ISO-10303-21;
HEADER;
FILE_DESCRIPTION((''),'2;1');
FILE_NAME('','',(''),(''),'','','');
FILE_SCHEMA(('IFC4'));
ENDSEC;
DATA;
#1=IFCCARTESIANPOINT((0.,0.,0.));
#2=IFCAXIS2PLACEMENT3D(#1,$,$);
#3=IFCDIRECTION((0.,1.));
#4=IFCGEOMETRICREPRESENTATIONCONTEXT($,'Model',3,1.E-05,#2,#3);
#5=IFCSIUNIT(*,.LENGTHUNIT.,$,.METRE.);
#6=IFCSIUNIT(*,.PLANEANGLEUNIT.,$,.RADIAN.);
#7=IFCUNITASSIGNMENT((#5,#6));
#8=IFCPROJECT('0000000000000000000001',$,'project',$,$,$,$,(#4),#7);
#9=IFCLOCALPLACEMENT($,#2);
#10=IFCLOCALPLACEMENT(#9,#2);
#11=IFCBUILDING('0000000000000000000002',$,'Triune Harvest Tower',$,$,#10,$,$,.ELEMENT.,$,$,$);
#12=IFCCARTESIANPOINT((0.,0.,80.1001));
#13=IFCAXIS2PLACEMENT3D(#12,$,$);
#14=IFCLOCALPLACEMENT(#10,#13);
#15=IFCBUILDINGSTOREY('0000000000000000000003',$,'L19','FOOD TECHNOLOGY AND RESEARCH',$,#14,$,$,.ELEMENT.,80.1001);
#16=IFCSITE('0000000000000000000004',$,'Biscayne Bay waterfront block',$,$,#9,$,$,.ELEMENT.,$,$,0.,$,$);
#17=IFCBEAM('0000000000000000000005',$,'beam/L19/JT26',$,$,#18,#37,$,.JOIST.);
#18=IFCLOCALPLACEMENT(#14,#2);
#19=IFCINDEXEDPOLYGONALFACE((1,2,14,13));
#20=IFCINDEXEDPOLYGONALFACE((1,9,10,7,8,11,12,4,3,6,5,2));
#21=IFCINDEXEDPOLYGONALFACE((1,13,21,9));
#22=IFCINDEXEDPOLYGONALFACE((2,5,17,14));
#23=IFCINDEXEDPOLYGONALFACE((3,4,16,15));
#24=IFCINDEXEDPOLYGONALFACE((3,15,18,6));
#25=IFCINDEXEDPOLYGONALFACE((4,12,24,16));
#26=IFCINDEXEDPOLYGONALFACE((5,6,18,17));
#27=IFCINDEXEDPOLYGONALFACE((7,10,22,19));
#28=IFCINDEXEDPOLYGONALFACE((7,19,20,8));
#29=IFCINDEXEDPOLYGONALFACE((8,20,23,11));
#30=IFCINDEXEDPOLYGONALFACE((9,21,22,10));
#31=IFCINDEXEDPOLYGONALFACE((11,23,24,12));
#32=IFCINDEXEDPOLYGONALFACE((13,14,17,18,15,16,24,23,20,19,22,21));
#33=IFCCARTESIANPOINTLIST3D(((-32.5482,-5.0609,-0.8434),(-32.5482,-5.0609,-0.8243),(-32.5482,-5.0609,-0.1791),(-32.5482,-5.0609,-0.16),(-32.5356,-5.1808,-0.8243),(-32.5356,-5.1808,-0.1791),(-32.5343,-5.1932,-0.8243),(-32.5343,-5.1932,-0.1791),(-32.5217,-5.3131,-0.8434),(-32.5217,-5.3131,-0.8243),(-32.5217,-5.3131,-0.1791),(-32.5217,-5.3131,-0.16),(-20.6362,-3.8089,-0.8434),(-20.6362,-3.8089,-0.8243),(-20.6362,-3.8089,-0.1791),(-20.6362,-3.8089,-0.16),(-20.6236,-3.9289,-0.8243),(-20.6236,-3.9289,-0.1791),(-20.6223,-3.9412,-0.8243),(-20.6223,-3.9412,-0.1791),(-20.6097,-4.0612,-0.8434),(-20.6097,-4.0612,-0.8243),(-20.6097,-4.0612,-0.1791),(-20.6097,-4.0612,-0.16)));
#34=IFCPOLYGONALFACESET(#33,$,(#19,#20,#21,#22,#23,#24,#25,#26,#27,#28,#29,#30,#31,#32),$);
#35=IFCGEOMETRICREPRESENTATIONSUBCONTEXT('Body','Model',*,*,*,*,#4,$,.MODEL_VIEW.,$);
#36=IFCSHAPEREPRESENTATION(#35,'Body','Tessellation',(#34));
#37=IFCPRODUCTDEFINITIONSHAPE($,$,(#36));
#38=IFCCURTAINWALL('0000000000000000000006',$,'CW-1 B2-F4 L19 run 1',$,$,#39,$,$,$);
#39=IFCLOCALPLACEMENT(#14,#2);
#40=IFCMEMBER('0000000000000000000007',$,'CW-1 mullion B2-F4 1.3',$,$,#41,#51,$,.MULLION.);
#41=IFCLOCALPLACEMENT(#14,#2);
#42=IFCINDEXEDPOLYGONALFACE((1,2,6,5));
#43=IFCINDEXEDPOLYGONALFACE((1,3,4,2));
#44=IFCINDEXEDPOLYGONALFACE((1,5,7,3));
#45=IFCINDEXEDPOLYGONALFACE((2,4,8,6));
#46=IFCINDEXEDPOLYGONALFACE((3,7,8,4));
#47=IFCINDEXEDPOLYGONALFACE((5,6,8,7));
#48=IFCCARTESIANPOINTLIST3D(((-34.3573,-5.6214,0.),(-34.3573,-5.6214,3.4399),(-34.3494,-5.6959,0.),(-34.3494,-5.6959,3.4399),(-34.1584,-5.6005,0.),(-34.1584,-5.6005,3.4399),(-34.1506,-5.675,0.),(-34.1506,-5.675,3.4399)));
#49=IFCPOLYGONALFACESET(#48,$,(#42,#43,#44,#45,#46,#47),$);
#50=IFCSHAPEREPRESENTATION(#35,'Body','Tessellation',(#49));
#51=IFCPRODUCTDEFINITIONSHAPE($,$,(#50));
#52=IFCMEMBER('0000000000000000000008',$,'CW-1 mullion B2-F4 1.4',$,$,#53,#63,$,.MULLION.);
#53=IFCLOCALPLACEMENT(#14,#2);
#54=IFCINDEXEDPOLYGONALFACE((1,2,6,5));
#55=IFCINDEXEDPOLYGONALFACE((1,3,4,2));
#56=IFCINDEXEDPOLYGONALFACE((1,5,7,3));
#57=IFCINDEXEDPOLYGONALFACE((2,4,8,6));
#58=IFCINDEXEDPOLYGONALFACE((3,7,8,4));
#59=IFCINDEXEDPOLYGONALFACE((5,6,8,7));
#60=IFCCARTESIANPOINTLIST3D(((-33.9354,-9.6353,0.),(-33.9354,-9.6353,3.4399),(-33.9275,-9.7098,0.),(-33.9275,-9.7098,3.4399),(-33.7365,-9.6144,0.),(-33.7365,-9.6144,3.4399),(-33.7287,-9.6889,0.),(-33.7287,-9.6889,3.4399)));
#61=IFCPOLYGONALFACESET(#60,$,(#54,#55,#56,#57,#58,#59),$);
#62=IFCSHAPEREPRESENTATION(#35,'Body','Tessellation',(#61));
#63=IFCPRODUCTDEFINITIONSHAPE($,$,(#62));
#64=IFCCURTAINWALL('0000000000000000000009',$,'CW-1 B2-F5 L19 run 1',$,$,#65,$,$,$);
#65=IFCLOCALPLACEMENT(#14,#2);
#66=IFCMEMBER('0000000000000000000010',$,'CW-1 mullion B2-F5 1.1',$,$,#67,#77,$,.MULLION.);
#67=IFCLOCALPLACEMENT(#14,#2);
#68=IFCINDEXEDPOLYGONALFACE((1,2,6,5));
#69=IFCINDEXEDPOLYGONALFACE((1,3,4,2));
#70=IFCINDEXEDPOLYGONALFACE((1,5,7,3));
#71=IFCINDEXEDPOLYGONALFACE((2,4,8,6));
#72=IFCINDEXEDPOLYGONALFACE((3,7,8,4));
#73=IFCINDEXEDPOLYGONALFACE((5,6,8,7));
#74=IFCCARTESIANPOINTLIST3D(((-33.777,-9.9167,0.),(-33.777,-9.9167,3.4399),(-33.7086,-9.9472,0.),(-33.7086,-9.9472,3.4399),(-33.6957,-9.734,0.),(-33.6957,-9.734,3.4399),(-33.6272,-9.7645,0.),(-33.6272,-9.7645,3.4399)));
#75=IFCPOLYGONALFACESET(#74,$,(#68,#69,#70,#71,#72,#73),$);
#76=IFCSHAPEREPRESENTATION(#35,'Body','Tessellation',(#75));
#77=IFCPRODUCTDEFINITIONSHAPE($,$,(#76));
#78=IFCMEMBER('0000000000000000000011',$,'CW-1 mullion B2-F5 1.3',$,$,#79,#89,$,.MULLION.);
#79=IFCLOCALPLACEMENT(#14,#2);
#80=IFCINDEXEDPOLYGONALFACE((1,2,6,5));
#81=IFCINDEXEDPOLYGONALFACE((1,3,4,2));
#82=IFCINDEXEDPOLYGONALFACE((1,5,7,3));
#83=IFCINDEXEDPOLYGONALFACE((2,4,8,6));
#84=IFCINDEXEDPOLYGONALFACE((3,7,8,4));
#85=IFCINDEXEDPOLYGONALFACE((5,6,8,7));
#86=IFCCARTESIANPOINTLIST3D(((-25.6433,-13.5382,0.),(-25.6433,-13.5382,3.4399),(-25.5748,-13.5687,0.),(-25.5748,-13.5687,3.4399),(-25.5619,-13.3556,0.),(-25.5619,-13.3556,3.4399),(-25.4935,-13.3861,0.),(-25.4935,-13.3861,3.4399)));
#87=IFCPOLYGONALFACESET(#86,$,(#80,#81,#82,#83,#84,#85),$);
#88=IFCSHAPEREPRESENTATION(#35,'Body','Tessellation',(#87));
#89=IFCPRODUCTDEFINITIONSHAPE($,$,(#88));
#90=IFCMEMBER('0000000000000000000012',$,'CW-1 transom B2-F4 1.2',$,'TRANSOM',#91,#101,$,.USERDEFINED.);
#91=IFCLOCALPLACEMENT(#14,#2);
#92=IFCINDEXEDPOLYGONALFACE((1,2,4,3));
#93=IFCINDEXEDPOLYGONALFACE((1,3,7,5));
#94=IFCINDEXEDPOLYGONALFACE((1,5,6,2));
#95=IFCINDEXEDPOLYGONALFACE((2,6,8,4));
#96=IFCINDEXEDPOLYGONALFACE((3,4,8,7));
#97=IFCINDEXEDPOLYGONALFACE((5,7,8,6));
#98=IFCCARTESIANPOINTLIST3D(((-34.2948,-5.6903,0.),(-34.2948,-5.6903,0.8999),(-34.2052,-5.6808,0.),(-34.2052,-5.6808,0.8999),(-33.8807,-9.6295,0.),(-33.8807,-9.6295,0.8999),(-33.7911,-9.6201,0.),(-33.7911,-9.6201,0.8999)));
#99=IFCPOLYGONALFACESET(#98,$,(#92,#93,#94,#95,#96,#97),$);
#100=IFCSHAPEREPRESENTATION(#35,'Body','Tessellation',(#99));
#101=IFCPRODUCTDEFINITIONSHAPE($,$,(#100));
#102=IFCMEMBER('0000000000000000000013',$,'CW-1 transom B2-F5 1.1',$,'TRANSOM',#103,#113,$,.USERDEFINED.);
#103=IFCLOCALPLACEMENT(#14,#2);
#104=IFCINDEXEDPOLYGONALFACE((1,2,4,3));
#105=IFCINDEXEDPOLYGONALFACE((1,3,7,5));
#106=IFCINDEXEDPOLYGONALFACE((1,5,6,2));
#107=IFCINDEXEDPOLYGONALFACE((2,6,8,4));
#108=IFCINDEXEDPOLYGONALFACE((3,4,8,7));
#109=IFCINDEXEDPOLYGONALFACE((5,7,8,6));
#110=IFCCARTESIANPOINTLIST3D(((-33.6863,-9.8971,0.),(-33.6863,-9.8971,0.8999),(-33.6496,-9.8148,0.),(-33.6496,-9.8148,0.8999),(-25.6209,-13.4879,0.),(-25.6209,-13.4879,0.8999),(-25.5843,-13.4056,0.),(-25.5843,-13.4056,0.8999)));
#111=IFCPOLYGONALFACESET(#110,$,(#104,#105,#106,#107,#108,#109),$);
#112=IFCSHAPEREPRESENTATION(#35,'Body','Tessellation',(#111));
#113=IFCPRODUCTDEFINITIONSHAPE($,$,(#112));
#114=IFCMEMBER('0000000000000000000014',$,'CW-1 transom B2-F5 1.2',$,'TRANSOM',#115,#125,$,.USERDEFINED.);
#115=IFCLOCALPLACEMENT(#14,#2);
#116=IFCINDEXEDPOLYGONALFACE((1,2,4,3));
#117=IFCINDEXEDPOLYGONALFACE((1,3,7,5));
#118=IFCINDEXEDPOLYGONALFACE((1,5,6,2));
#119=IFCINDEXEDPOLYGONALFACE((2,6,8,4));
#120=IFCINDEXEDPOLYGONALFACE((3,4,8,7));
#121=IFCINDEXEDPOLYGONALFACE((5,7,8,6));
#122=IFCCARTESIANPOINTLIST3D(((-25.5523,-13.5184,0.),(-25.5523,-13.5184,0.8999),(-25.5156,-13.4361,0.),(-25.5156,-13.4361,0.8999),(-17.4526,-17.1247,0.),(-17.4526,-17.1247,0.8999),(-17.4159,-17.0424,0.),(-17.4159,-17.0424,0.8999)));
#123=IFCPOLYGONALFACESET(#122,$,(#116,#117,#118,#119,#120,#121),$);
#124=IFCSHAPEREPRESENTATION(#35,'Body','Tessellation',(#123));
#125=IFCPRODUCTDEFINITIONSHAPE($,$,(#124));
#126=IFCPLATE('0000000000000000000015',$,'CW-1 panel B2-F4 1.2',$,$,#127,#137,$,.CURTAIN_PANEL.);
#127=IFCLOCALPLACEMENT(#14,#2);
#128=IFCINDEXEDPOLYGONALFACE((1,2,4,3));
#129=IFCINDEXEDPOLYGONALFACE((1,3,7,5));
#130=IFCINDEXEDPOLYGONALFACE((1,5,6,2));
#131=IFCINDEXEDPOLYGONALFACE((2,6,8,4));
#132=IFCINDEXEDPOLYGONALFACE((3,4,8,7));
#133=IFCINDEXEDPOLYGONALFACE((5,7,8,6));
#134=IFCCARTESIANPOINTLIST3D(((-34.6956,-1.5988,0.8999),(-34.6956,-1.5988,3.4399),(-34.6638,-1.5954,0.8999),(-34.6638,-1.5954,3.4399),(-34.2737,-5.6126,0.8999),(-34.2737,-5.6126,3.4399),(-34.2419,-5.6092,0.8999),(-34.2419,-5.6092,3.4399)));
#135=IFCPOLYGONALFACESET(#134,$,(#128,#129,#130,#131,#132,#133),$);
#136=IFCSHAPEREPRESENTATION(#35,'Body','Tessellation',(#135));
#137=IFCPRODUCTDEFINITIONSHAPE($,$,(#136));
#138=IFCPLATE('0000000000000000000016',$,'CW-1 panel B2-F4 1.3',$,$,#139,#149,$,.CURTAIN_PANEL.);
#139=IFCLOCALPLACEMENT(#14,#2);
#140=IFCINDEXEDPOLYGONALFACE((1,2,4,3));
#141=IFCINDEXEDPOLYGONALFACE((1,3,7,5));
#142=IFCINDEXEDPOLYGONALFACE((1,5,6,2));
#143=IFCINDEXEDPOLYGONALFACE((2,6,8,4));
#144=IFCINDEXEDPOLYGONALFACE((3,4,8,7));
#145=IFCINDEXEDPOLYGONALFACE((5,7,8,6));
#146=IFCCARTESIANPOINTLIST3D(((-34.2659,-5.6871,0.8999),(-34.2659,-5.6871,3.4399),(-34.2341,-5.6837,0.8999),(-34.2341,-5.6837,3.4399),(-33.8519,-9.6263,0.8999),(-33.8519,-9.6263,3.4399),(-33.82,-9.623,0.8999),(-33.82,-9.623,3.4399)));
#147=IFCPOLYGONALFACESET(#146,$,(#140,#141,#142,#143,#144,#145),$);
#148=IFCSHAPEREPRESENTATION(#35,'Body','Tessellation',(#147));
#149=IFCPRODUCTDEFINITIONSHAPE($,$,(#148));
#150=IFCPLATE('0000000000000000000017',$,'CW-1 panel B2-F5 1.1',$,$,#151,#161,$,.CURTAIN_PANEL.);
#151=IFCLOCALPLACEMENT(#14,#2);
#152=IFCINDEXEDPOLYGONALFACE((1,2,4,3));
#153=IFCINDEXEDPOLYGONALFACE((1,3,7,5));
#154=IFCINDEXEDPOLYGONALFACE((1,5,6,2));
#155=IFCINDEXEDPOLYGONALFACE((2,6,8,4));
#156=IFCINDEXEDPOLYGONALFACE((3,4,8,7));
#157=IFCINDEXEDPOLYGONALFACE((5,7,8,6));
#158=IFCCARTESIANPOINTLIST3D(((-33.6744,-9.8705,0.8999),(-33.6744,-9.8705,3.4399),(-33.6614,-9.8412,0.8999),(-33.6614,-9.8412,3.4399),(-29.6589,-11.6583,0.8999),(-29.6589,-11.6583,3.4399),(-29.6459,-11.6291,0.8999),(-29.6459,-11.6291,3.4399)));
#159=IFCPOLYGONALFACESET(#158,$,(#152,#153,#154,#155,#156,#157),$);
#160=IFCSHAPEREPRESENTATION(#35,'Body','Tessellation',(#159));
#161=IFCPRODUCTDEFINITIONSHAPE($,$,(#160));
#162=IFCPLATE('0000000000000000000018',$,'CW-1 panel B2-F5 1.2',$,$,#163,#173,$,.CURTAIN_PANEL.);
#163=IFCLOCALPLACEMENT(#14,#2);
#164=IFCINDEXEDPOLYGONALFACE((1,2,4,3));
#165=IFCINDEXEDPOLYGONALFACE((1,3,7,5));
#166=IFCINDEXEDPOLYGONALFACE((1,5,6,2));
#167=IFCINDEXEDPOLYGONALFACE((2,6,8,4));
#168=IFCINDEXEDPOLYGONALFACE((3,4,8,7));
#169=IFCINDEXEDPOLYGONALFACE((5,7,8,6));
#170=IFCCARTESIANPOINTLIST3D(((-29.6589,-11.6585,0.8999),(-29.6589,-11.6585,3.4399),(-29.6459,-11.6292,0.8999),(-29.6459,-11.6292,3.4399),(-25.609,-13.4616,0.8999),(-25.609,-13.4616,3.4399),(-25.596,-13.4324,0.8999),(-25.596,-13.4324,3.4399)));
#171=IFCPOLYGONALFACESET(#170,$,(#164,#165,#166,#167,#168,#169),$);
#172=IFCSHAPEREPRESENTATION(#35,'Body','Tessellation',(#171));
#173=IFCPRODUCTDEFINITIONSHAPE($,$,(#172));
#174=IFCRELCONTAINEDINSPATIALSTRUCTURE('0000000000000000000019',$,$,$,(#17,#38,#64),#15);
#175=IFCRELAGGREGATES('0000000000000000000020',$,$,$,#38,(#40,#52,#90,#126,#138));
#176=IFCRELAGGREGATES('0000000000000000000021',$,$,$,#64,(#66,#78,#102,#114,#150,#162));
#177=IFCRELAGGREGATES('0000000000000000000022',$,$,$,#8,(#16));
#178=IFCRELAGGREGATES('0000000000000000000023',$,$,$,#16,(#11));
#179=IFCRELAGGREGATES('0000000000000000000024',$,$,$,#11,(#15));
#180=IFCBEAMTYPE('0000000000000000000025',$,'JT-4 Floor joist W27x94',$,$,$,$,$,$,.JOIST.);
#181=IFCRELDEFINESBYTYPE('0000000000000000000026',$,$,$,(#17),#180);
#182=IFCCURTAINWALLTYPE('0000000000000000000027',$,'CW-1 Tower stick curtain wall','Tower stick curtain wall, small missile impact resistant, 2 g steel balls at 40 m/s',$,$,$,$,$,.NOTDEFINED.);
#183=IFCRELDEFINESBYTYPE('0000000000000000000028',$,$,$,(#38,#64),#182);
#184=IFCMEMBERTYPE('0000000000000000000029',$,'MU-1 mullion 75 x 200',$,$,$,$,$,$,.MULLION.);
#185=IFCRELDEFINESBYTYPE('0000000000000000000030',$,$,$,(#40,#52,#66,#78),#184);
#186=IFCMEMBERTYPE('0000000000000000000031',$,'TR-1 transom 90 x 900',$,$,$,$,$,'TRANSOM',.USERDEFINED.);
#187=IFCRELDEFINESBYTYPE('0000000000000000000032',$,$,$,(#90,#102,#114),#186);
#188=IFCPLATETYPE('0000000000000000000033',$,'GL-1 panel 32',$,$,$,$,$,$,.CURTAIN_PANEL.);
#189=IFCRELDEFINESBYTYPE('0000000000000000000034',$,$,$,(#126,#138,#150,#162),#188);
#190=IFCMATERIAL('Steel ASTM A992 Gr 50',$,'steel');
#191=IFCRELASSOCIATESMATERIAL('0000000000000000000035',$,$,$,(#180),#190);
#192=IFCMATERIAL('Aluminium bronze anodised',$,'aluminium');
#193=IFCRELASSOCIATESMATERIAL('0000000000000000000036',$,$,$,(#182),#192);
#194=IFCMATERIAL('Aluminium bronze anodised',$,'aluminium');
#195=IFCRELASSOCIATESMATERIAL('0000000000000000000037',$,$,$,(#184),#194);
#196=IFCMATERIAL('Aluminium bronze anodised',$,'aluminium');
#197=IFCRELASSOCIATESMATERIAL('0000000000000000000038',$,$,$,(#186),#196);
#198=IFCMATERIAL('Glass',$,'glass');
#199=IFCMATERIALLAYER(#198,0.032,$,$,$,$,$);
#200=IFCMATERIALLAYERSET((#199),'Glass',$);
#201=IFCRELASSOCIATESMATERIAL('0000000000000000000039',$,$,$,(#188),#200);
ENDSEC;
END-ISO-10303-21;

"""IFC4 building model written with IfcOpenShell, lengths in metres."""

from ifc_helpers import new_model, si_unit, direction, frame, origin, origin_2d, place, context, subcontext, project, spatial, rectangle, i_section, extrude, source, transform, mapped, material, layer, layer_set, material_profile, profile_set, type_object, element, aggregate, save


model = new_model("IFC4")

# Units and contexts
model_context = context("Model", 3, precision=1e-05, world=origin(), true_north=direction((0.0, 1.0)))
body_context = subcontext(model_context, "Body", "Model", "MODEL_VIEW")
ifc_project = project(units=[si_unit("LENGTHUNIT", "METRE"), si_unit("PLANEANGLEUNIT", "RADIAN")], contexts=[model_context])

# Site, building, storey
site_placement = place(None, origin())
site = spatial("IfcSite", under=ifc_project, at=site_placement, Name="Biscayne Bay waterfront block", CompositionType="ELEMENT", RefElevation=0.0)
building_placement = place(site_placement, origin())
building = spatial("IfcBuilding", under=site, at=building_placement, Name="Triune Harvest Tower", CompositionType="ELEMENT")
storey_placement = place(building_placement, frame((0.0, 0.0, 80.1001)))
storey = spatial("IfcBuildingStorey", under=building, at=storey_placement, Name="L19", Description="FOOD TECHNOLOGY AND RESEARCH", CompositionType="ELEMENT", Elevation=80.1001)

# Beam
ifc_material_1 = material(Name="Steel ASTM A992 Gr 50", Category="steel")
ifc_material_profile_1 = material_profile(ifc_material_1, i_section(OverallWidth=0.2537, OverallDepth=0.6833, WebThickness=0.0125, FlangeThickness=0.019, at=origin_2d()), Name="W27x94")
ifc_profile_set_1 = profile_set([ifc_material_profile_1], Name="Steel ASTM A992 Gr 50")
beam_type_1 = type_object("IfcBeamType", Name="JT-4 Floor joist W27x94", PredefinedType="JOIST", material=ifc_profile_set_1)
shared_shape_1 = source(origin(), body_context, "Body", "SweptSolid", [
    extrude(i_section(OverallWidth=0.2537, OverallDepth=0.6833, WebThickness=0.0125, FlangeThickness=0.019, at=origin_2d()), origin(), (0.0, 0.0, 1.0), 11.9775),
])
beam_1_placement = place(storey_placement, frame((-32.5349, -5.187, -0.5017), z_axis=(0.994522, 0.104526, 0.0), x_axis=(-0.104526, 0.994522, 0.0)))
element("IfcBeam", 1, at=beam_1_placement, inside=storey, type_object=beam_type_1, Name="beam/L19/JT26", PredefinedType="JOIST", context=body_context, shape_type="MappedRepresentation", body=[
    mapped(shared_shape_1, transform((0.0, 0.0, 0.0), scale=1.0)),
])

# Curtain walls, members
ifc_material_2 = material(Name="Aluminium bronze anodised", Category="aluminium")
curtain_wall_type = type_object("IfcCurtainWallType", Name="CW-1 Tower stick curtain wall", Description="Tower stick curtain wall, small missile impact resistant, 2 g steel balls at 40 m/s", PredefinedType="NOTDEFINED", material=ifc_material_2)
curtain_wall_1_placement = place(storey_placement, origin())
curtain_wall_1 = element("IfcCurtainWall", 2, at=curtain_wall_1_placement, inside=storey, type_object=curtain_wall_type, Name="CW-1 B2-F4 L19 run 1")
ifc_material_3 = material(Name="Aluminium bronze anodised", Category="aluminium")
ifc_material_profile_2 = material_profile(ifc_material_3, rectangle(XDim=0.2, YDim=0.075, at=origin_2d()), Name="MU-1 mullion 75 x 200")
ifc_profile_set_2 = profile_set([ifc_material_profile_2], Name="Aluminium bronze anodised")
member_type_1 = type_object("IfcMemberType", Name="MU-1 mullion 75 x 200", PredefinedType="MULLION", material=ifc_profile_set_2)
shared_shape_2 = source(origin(), body_context, "Body", "SweptSolid", [
    extrude(rectangle(XDim=0.2, YDim=0.075, at=origin_2d()), origin(), (0.0, 0.0, 1.0), 3.4399),
])
member_1_placement = place(storey_placement, frame((-34.2539, -5.6482, 0.0), z_axis=(0.0, 0.0, 1.0), x_axis=(0.994522, 0.104529, 0.0)))
member_1 = element("IfcMember", 3, at=member_1_placement, type_object=member_type_1, Name="CW-1 mullion B2-F4 1.3", PredefinedType="MULLION", context=body_context, shape_type="MappedRepresentation", body=[
    mapped(shared_shape_2, transform((0.0, 0.0, 0.0), scale=1.0)),
])
member_2_placement = place(storey_placement, frame((-33.832, -9.6621, 0.0), z_axis=(0.0, 0.0, 1.0), x_axis=(0.994522, 0.104529, 0.0)))
member_2 = element("IfcMember", 4, at=member_2_placement, type_object=member_type_1, Name="CW-1 mullion B2-F4 1.4", PredefinedType="MULLION", context=body_context, shape_type="MappedRepresentation", body=[
    mapped(shared_shape_2, transform((0.0, 0.0, 0.0), scale=1.0)),
])
curtain_wall_2_placement = place(storey_placement, origin())
curtain_wall_2 = element("IfcCurtainWall", 5, at=curtain_wall_2_placement, inside=storey, type_object=curtain_wall_type, Name="CW-1 B2-F5 L19 run 1")
member_3_placement = place(storey_placement, frame((-33.7021, -9.8406, 0.0), z_axis=(0.0, 0.0, 1.0), x_axis=(0.406736, 0.913546, 0.0)))
member_3 = element("IfcMember", 6, at=member_3_placement, type_object=member_type_1, Name="CW-1 mullion B2-F5 1.1", PredefinedType="MULLION", context=body_context, shape_type="MappedRepresentation", body=[
    mapped(shared_shape_2, transform((0.0, 0.0, 0.0), scale=1.0)),
])
member_4_placement = place(storey_placement, frame((-25.5684, -13.4622, 0.0), z_axis=(0.0, 0.0, 1.0), x_axis=(0.406736, 0.913546, 0.0)))
member_4 = element("IfcMember", 7, at=member_4_placement, type_object=member_type_1, Name="CW-1 mullion B2-F5 1.3", PredefinedType="MULLION", context=body_context, shape_type="MappedRepresentation", body=[
    mapped(shared_shape_2, transform((0.0, 0.0, 0.0), scale=1.0)),
])

# Members
ifc_material_4 = material(Name="Aluminium bronze anodised", Category="aluminium")
ifc_material_profile_3 = material_profile(ifc_material_4, rectangle(XDim=0.0901, YDim=0.8999, at=origin_2d()), Name="TR-1 transom 90 x 900")
ifc_profile_set_3 = profile_set([ifc_material_profile_3], Name="Aluminium bronze anodised")
member_type_2 = type_object("IfcMemberType", Name="TR-1 transom 90 x 900", ElementType="TRANSOM", PredefinedType="USERDEFINED", material=ifc_profile_set_3)
shared_shape_3 = source(origin(), body_context, "Body", "SweptSolid", [
    extrude(rectangle(XDim=0.0901, YDim=0.8999, at=origin_2d()), origin(), (0.0, 0.0, 1.0), 3.9609),
])
member_5_placement = place(storey_placement, frame((-34.25, -5.6855, 0.45), z_axis=(0.104537, -0.994521, 0.0), x_axis=(0.994521, 0.104537, 0.0)))
member_5 = element("IfcMember", 8, at=member_5_placement, type_object=member_type_2, Name="CW-1 transom B2-F4 1.2", ObjectType="TRANSOM", PredefinedType="USERDEFINED", context=body_context, shape_type="MappedRepresentation", body=[
    mapped(shared_shape_3, transform((0.0, 0.0, 0.0), scale=1.0)),
])
shared_shape_4 = source(origin(), body_context, "Body", "SweptSolid", [
    extrude(rectangle(XDim=0.0901, YDim=0.8999, at=origin_2d()), origin(), (0.0, 0.0, 1.0), 8.8286),
])
member_6_placement = place(storey_placement, frame((-33.668, -9.856, 0.45), z_axis=(0.913551, -0.406723, 0.0), x_axis=(0.406723, 0.913551, 0.0)))
member_6 = element("IfcMember", 9, at=member_6_placement, type_object=member_type_2, Name="CW-1 transom B2-F5 1.1", ObjectType="TRANSOM", PredefinedType="USERDEFINED", context=body_context, shape_type="MappedRepresentation", body=[
    mapped(shared_shape_4, transform((0.0, 0.0, 0.0), scale=1.0)),
])
shared_shape_5 = source(origin(), body_context, "Body", "SweptSolid", [
    extrude(rectangle(XDim=0.0901, YDim=0.8999, at=origin_2d()), origin(), (0.0, 0.0, 1.0), 8.8662),
])
member_7_placement = place(storey_placement, frame((-25.5339, -13.4773, 0.45), z_axis=(0.913545, -0.406739, 0.0), x_axis=(0.406739, 0.913545, 0.0)))
member_7 = element("IfcMember", 10, at=member_7_placement, type_object=member_type_2, Name="CW-1 transom B2-F5 1.2", ObjectType="TRANSOM", PredefinedType="USERDEFINED", context=body_context, shape_type="MappedRepresentation", body=[
    mapped(shared_shape_5, transform((0.0, 0.0, 0.0), scale=1.0)),
])

# Plates
ifc_material_5 = material(Name="Glass", Category="glass")
ifc_layer_1 = layer(ifc_material_5, 0.032)
ifc_layer_set_1 = layer_set([ifc_layer_1], Name="Glass")
plate_type = type_object("IfcPlateType", Name="GL-1 panel 32", PredefinedType="CURTAIN_PANEL", material=ifc_layer_set_1)
shared_shape_6 = source(origin(), body_context, "Body", "SweptSolid", [
    extrude(rectangle(XDim=4.0359, YDim=0.032, at=origin_2d()), origin(), (0.0, 0.0, 1.0), 2.54),
])
plate_1_placement = place(storey_placement, frame((-34.4688, -3.604, 0.8999), z_axis=(0.0, 0.0, 1.0), x_axis=(0.104529, -0.994522, 0.0)))
plate_1 = element("IfcPlate", 11, at=plate_1_placement, type_object=plate_type, Name="CW-1 panel B2-F4 1.2", PredefinedType="CURTAIN_PANEL", context=body_context, shape_type="MappedRepresentation", body=[
    mapped(shared_shape_6, transform((0.0, 0.0, 0.0), scale=1.0)),
])
shared_shape_7 = source(origin(), body_context, "Body", "SweptSolid", [
    extrude(rectangle(XDim=3.9609, YDim=0.032, at=origin_2d()), origin(), (0.0, 0.0, 1.0), 2.54),
])
plate_2_placement = place(storey_placement, frame((-34.043, -7.655, 0.8999), z_axis=(0.0, 0.0, 1.0), x_axis=(0.104529, -0.994522, 0.0)))
plate_2 = element("IfcPlate", 12, at=plate_2_placement, type_object=plate_type, Name="CW-1 panel B2-F4 1.3", PredefinedType="CURTAIN_PANEL", context=body_context, shape_type="MappedRepresentation", body=[
    mapped(shared_shape_7, transform((0.0, 0.0, 0.0), scale=1.0)),
])
aggregate(curtain_wall_1, [member_1, member_2, member_5, plate_1, plate_2])
shared_shape_8 = source(origin(), body_context, "Body", "SweptSolid", [
    extrude(rectangle(XDim=4.3955, YDim=0.032, at=origin_2d()), origin(), (0.0, 0.0, 1.0), 2.54),
])
plate_3_placement = place(storey_placement, frame((-31.6602, -10.7498, 0.8999), z_axis=(0.0, 0.0, 1.0), x_axis=(0.913546, -0.406736, 0.0)))
plate_3 = element("IfcPlate", 13, at=plate_3_placement, type_object=plate_type, Name="CW-1 panel B2-F5 1.1", PredefinedType="CURTAIN_PANEL", context=body_context, shape_type="MappedRepresentation", body=[
    mapped(shared_shape_8, transform((0.0, 0.0, 0.0), scale=1.0)),
])
shared_shape_9 = source(origin(), body_context, "Body", "SweptSolid", [
    extrude(rectangle(XDim=4.4331, YDim=0.032, at=origin_2d()), origin(), (0.0, 0.0, 1.0), 2.54),
])
plate_4_placement = place(storey_placement, frame((-27.6274, -12.5454, 0.8999), z_axis=(0.0, 0.0, 1.0), x_axis=(0.913546, -0.406736, 0.0)))
plate_4 = element("IfcPlate", 14, at=plate_4_placement, type_object=plate_type, Name="CW-1 panel B2-F5 1.2", PredefinedType="CURTAIN_PANEL", context=body_context, shape_type="MappedRepresentation", body=[
    mapped(shared_shape_9, transform((0.0, 0.0, 0.0), scale=1.0)),
])
aggregate(curtain_wall_2, [member_3, member_4, member_6, member_7, plate_3, plate_4])

save(model, "model.ifc")
